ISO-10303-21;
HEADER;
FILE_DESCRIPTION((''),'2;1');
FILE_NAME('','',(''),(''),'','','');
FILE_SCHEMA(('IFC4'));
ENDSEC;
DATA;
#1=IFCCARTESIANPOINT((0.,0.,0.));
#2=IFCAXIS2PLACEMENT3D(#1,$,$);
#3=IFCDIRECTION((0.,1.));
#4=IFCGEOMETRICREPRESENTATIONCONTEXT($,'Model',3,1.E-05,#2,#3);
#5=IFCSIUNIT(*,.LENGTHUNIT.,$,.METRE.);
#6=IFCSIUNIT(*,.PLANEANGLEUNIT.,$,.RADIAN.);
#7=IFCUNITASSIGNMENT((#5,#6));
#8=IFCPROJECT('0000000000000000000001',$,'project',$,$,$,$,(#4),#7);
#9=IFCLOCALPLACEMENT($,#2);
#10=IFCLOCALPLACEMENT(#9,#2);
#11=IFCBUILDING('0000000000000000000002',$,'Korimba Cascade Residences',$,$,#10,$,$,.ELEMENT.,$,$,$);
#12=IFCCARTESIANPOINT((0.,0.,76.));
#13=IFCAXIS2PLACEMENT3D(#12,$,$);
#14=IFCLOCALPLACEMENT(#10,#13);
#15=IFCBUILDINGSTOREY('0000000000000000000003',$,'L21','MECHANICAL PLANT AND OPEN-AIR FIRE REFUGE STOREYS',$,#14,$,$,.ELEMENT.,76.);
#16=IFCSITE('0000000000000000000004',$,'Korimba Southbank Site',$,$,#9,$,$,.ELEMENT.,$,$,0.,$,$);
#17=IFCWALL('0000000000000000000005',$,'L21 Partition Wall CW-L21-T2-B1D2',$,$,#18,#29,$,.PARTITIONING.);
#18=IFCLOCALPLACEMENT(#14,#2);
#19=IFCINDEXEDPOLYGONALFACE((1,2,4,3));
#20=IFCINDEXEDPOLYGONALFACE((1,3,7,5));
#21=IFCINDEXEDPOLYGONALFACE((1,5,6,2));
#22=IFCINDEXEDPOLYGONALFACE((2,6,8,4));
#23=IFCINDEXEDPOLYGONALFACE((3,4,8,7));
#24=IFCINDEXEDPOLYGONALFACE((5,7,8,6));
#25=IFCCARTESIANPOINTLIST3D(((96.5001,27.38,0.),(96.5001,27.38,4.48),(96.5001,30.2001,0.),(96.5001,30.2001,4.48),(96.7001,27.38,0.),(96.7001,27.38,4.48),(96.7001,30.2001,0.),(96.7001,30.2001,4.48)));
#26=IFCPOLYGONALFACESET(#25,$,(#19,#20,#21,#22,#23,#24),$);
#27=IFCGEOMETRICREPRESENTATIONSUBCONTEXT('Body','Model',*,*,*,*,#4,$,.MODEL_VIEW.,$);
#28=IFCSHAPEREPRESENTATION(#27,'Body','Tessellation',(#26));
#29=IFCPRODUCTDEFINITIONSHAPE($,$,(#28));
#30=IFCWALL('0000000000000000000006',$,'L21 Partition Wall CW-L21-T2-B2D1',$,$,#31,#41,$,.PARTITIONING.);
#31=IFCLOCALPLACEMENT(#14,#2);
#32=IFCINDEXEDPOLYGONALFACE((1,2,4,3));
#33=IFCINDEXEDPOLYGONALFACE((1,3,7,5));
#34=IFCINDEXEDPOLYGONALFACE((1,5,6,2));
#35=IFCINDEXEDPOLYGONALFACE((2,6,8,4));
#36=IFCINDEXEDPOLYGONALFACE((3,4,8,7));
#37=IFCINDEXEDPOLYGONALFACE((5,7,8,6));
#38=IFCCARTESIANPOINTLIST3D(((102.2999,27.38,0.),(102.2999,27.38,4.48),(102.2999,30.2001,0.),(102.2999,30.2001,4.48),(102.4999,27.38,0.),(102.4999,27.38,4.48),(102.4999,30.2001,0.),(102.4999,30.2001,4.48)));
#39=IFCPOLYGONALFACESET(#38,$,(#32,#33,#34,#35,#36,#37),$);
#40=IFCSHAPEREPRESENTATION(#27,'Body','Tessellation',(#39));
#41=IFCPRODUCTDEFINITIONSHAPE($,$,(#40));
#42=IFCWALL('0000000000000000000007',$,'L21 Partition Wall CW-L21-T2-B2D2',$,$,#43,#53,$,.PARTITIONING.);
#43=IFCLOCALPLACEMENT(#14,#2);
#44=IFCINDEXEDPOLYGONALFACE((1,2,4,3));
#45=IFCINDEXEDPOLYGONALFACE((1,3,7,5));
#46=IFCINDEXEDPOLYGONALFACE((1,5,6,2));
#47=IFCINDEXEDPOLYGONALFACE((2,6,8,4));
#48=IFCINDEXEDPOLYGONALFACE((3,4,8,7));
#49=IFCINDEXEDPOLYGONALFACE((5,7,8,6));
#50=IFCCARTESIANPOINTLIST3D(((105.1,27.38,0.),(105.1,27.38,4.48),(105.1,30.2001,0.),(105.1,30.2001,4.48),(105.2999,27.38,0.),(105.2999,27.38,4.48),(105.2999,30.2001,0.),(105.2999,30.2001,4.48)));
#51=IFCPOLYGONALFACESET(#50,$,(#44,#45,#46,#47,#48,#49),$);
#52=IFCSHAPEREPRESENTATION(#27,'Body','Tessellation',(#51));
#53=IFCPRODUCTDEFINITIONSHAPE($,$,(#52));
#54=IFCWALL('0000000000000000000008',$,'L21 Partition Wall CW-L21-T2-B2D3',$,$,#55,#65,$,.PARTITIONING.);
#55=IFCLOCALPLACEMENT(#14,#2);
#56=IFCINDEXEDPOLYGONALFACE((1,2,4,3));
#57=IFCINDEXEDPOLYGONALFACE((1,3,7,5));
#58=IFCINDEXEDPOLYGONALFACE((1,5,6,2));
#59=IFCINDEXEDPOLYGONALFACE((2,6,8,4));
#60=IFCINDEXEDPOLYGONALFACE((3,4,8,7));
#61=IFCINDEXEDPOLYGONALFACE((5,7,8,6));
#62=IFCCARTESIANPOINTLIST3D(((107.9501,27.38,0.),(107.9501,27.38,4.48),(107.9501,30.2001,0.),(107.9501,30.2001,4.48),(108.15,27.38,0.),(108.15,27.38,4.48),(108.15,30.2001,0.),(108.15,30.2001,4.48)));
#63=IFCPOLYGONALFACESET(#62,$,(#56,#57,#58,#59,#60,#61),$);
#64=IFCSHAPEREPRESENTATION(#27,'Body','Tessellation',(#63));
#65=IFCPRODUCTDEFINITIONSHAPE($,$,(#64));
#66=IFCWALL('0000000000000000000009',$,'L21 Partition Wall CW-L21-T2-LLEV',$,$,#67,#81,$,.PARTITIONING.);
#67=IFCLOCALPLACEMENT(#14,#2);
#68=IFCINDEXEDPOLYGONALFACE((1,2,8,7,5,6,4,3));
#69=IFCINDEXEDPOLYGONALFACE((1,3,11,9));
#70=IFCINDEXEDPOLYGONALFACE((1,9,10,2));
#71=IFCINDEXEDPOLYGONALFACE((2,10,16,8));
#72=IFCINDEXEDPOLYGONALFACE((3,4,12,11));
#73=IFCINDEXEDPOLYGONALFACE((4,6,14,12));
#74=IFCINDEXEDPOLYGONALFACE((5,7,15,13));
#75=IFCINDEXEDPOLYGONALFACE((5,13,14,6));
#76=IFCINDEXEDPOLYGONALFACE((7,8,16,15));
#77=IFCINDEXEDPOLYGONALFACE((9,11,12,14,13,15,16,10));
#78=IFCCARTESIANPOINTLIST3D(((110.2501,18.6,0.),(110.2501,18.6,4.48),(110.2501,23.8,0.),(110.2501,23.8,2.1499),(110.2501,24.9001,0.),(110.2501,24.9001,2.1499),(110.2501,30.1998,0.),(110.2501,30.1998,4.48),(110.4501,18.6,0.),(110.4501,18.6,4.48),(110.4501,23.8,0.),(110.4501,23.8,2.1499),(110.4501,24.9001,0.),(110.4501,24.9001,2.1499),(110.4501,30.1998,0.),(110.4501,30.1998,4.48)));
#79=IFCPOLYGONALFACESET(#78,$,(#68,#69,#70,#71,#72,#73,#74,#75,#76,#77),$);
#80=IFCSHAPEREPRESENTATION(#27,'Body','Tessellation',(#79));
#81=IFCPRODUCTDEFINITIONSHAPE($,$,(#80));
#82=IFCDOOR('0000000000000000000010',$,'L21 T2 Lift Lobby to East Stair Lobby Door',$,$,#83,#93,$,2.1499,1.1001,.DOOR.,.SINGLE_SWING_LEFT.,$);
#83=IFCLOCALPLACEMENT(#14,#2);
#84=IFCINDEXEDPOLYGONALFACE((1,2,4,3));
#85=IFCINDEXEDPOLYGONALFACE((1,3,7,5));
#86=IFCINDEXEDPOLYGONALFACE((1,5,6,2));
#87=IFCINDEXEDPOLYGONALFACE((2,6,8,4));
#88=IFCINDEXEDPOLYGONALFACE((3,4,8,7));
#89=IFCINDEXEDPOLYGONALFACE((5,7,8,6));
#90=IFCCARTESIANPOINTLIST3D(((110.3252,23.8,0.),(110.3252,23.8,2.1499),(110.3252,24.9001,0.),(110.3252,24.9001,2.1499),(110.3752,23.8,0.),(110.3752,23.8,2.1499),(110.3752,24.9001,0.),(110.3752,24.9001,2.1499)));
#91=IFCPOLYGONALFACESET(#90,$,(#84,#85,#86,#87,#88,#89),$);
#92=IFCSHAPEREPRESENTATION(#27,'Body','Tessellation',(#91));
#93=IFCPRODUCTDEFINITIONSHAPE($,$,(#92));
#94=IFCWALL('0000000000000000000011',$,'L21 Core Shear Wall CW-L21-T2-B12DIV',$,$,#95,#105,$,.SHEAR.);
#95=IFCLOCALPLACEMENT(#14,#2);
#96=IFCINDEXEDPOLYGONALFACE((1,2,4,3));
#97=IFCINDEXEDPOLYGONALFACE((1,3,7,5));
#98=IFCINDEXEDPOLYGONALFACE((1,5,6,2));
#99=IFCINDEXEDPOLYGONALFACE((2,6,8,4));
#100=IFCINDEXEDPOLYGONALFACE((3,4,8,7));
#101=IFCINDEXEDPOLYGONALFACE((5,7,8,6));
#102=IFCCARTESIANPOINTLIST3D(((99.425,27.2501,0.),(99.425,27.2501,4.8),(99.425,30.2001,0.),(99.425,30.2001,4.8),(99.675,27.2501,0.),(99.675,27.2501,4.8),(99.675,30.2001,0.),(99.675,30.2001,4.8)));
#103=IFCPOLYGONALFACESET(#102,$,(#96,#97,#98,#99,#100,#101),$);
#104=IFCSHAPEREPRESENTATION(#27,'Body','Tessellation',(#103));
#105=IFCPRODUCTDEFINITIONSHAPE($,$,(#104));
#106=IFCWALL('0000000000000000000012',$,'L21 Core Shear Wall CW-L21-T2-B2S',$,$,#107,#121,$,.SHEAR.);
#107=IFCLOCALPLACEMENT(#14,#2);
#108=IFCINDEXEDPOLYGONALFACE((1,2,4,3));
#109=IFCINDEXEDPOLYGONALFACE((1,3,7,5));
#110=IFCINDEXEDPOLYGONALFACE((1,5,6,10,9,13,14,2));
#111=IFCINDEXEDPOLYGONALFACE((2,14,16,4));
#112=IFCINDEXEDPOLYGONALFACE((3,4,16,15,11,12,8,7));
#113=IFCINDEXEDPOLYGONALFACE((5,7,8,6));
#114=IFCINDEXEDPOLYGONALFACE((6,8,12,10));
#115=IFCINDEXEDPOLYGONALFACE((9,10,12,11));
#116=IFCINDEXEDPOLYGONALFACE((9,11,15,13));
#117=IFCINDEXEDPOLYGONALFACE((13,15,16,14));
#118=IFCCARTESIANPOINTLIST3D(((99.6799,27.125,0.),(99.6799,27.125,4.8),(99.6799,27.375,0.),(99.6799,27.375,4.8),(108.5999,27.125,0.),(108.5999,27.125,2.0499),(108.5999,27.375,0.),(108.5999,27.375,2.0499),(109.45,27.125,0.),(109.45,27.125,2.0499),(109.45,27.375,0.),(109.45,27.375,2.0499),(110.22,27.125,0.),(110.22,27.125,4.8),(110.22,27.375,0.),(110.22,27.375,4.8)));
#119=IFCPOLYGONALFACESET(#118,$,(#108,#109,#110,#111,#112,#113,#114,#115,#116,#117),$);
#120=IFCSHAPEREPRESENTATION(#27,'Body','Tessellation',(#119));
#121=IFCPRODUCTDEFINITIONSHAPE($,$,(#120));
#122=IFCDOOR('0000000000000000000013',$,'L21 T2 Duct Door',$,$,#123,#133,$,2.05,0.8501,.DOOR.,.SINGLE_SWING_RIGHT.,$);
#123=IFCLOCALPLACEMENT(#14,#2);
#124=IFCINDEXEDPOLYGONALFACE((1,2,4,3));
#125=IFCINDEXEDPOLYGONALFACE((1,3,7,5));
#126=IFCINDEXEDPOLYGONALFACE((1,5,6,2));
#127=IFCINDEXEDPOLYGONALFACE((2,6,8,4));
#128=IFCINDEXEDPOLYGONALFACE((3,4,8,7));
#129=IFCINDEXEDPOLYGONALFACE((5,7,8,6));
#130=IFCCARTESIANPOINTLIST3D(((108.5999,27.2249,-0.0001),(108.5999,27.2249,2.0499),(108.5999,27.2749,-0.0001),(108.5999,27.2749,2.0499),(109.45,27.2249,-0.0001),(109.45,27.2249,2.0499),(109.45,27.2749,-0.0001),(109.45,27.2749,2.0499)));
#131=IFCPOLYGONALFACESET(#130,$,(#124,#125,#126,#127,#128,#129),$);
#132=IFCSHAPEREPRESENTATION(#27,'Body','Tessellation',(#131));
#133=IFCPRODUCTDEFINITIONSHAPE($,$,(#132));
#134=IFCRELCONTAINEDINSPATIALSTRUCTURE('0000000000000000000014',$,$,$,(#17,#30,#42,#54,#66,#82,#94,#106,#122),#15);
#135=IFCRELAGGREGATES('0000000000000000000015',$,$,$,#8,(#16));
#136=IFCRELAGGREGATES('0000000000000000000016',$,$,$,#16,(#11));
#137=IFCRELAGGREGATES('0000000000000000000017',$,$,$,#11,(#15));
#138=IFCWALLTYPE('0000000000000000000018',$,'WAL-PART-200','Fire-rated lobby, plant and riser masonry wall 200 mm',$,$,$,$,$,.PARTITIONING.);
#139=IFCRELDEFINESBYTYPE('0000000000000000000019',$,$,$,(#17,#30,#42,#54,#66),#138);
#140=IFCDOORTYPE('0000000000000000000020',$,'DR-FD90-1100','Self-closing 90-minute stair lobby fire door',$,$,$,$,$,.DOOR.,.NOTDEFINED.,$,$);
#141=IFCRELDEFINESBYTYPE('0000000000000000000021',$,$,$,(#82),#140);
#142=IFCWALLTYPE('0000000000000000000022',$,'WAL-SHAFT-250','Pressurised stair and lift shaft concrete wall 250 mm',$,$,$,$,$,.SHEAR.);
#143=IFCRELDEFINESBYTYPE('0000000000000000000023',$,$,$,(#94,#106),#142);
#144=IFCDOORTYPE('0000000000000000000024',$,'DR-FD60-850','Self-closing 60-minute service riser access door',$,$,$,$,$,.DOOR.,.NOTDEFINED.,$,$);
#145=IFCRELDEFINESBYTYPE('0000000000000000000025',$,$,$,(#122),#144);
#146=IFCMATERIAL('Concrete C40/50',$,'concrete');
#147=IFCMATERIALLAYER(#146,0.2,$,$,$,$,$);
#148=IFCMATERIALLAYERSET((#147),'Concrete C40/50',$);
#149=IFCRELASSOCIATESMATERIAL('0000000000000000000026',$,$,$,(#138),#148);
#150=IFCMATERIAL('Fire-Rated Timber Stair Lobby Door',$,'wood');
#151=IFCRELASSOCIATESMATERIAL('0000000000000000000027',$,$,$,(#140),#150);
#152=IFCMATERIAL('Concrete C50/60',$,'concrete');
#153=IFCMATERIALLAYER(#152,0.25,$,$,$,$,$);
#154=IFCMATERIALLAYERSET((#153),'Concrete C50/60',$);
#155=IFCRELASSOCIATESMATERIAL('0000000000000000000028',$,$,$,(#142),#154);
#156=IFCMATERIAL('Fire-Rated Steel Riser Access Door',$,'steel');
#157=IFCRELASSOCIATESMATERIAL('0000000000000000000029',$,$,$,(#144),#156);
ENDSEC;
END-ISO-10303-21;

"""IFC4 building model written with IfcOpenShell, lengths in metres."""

from ifc_helpers import new_model, si_unit, direction, frame, frame_2d, origin, place, context, subcontext, project, spatial, rectangle, extrude, material, layer, layer_set, type_object, element, fill, save


model = new_model("IFC4")

# Units and contexts
model_context = context("Model", 3, precision=1e-05, world=origin(), true_north=direction((0.0, 1.0)))
body_context = subcontext(model_context, "Body", "Model", "MODEL_VIEW")
ifc_project = project(units=[si_unit("LENGTHUNIT", "METRE"), si_unit("PLANEANGLEUNIT", "RADIAN")], contexts=[model_context])

# Site, building, storey
site_placement = place(None, origin())
site = spatial("IfcSite", under=ifc_project, at=site_placement, Name="Korimba Southbank Site", CompositionType="ELEMENT", RefElevation=0.0)
building_placement = place(site_placement, origin())
building = spatial("IfcBuilding", under=site, at=building_placement, Name="Korimba Cascade Residences", CompositionType="ELEMENT")
storey_placement = place(building_placement, frame((0.0, 0.0, 76.0)))
storey = spatial("IfcBuildingStorey", under=building, at=storey_placement, Name="L21", Description="MECHANICAL PLANT AND OPEN-AIR FIRE REFUGE STOREYS", CompositionType="ELEMENT", Elevation=76.0)

# Walls
ifc_material_1 = material(Name="Concrete C40/50", Category="concrete")
ifc_layer_1 = layer(ifc_material_1, 0.2)
ifc_layer_set_1 = layer_set([ifc_layer_1], Name="Concrete C40/50")
wall_type_1 = type_object("IfcWallType", Name="WAL-PART-200", Description="Fire-rated lobby, plant and riser masonry wall 200 mm", PredefinedType="PARTITIONING", material=ifc_layer_set_1)
for number, where, z_axis, x_axis, name in (
    (1, (96.6001, 27.3799, 0.0), (0.0, 0.0, 1.0), (0.0, 1.0, 0.0), "L21 Partition Wall CW-L21-T2-B1D2"),
    (2, (102.3999, 27.3799, 0.0), (0.0, 0.0, 1.0), (0.0, 1.0, 0.0), "L21 Partition Wall CW-L21-T2-B2D1"),
    (3, (105.2, 27.3799, 0.0), (0.0, 0.0, 1.0), (0.0, 1.0, 0.0), "L21 Partition Wall CW-L21-T2-B2D2"),
    (4, (108.05, 27.3799, 0.0), (0.0, 0.0, 1.0), (0.0, 1.0, 0.0), "L21 Partition Wall CW-L21-T2-B2D3"),
):
    element("IfcWall", number, at=place(storey_placement, frame(where, z_axis=z_axis, x_axis=x_axis)), inside=storey, type_object=wall_type_1, Name=name, PredefinedType="PARTITIONING", context=body_context, shape_type="SweptSolid", body=[
        extrude(rectangle(XDim=2.8201, YDim=0.2, at=frame_2d((1.4102, 0.0))), origin(), (0.0, 0.0, 1.0), 4.48),
    ])

# Wall, opening, door
wall_1_placement = place(storey_placement, frame((110.3501, 18.6001, 0.0), z_axis=(0.0, 0.0, 1.0), x_axis=(0.0, 1.0, 0.0)))
wall_1 = element("IfcWall", 5, at=wall_1_placement, inside=storey, type_object=wall_type_1, Name="L21 Partition Wall CW-L21-T2-LLEV", PredefinedType="PARTITIONING", context=body_context, shape_type="SweptSolid", body=[
    extrude(rectangle(XDim=11.5999, YDim=0.2, at=frame_2d((5.7998, 0.0))), origin(), (0.0, 0.0, 1.0), 4.48),
])
opening_1_placement = place(wall_1_placement, frame((5.2, 0.0, 0.0)))
opening_1 = element("IfcOpeningElement", 6, at=opening_1_placement, cuts=wall_1, PredefinedType="OPENING", context=body_context, shape_type="SweptSolid", body=[
    extrude(rectangle(XDim=1.1001, YDim=2.1499, at=frame_2d((0.55, 1.075))), frame((0.0, 0.1099, 0.0), z_axis=(0.0, -1.0, 0.0), x_axis=(1.0, 0.0, 0.0)), (0.0, 0.0, 1.0), 0.22),
])
ifc_material_2 = material(Name="Fire-Rated Timber Stair Lobby Door", Category="wood")
door_type_1 = type_object("IfcDoorType", Name="DR-FD90-1100", Description="Self-closing 90-minute stair lobby fire door", OperationType="NOTDEFINED", PredefinedType="DOOR", material=ifc_material_2)
door_1_placement = place(opening_1_placement, origin())
door_1 = element("IfcDoor", 7, at=door_1_placement, inside=storey, type_object=door_type_1, Name="L21 T2 Lift Lobby to East Stair Lobby Door", OperationType="SINGLE_SWING_LEFT", OverallHeight=2.1499, OverallWidth=1.1001, PredefinedType="DOOR", context=body_context, shape_type="SweptSolid", body=[
    extrude(rectangle(XDim=1.1001, YDim=2.1499, at=frame_2d((0.55, 1.075))), frame((0.0, 0.0249, 0.0), z_axis=(0.0, -1.0, 0.0), x_axis=(1.0, 0.0, 0.0)), (0.0, 0.0, 1.0), 0.05),
])
fill(opening_1, door_1)

# Wall
ifc_material_3 = material(Name="Concrete C50/60", Category="concrete")
ifc_layer_2 = layer(ifc_material_3, 0.25)
ifc_layer_set_2 = layer_set([ifc_layer_2], Name="Concrete C50/60")
wall_type_2 = type_object("IfcWallType", Name="WAL-SHAFT-250", Description="Pressurised stair and lift shaft concrete wall 250 mm", PredefinedType="SHEAR", material=ifc_layer_set_2)
wall_2_placement = place(storey_placement, frame((99.55, 27.25, 0.0), z_axis=(0.0, 0.0, 1.0), x_axis=(0.0, 1.0, 0.0)))
element("IfcWall", 8, at=wall_2_placement, inside=storey, type_object=wall_type_2, Name="L21 Core Shear Wall CW-L21-T2-B12DIV", PredefinedType="SHEAR", context=body_context, shape_type="SweptSolid", body=[
    extrude(rectangle(XDim=2.95, YDim=0.25, at=frame_2d((1.4751, 0.0))), origin(), (0.0, 0.0, 1.0), 4.8),
])

# Wall, opening, door
wall_3_placement = place(storey_placement, frame((99.6799, 27.25, 0.0), z_axis=(0.0, 0.0, 1.0), x_axis=(1.0, 0.0, 0.0)))
wall_3 = element("IfcWall", 9, at=wall_3_placement, inside=storey, type_object=wall_type_2, Name="L21 Core Shear Wall CW-L21-T2-B2S", PredefinedType="SHEAR", context=body_context, shape_type="SweptSolid", body=[
    extrude(rectangle(XDim=10.54, YDim=0.25, at=frame_2d((5.27, 0.0))), origin(), (0.0, 0.0, 1.0), 4.8),
])
opening_2_placement = place(wall_3_placement, frame((8.9199, 0.0, 0.0)))
opening_2 = element("IfcOpeningElement", 10, at=opening_2_placement, cuts=wall_3, PredefinedType="OPENING", context=body_context, shape_type="SweptSolid", body=[
    extrude(rectangle(XDim=0.8501, YDim=2.05, at=frame_2d((0.425, 1.0249))), frame((0.0, 0.135, 0.0), z_axis=(0.0, -1.0, 0.0), x_axis=(1.0, 0.0, 0.0)), (0.0, 0.0, 1.0), 0.27),
])
ifc_material_4 = material(Name="Fire-Rated Steel Riser Access Door", Category="steel")
door_type_2 = type_object("IfcDoorType", Name="DR-FD60-850", Description="Self-closing 60-minute service riser access door", OperationType="NOTDEFINED", PredefinedType="DOOR", material=ifc_material_4)
door_2_placement = place(opening_2_placement, origin())
door_2 = element("IfcDoor", 11, at=door_2_placement, inside=storey, type_object=door_type_2, Name="L21 T2 Duct Door", OperationType="SINGLE_SWING_RIGHT", OverallHeight=2.05, OverallWidth=0.8501, PredefinedType="DOOR", context=body_context, shape_type="SweptSolid", body=[
    extrude(rectangle(XDim=0.8501, YDim=2.05, at=frame_2d((0.425, 1.0249))), frame((0.0, 0.0249, 0.0), z_axis=(0.0, -1.0, 0.0), x_axis=(1.0, 0.0, 0.0)), (0.0, 0.0, 1.0), 0.05),
])
fill(opening_2, door_2)

save(model, "model.ifc")
